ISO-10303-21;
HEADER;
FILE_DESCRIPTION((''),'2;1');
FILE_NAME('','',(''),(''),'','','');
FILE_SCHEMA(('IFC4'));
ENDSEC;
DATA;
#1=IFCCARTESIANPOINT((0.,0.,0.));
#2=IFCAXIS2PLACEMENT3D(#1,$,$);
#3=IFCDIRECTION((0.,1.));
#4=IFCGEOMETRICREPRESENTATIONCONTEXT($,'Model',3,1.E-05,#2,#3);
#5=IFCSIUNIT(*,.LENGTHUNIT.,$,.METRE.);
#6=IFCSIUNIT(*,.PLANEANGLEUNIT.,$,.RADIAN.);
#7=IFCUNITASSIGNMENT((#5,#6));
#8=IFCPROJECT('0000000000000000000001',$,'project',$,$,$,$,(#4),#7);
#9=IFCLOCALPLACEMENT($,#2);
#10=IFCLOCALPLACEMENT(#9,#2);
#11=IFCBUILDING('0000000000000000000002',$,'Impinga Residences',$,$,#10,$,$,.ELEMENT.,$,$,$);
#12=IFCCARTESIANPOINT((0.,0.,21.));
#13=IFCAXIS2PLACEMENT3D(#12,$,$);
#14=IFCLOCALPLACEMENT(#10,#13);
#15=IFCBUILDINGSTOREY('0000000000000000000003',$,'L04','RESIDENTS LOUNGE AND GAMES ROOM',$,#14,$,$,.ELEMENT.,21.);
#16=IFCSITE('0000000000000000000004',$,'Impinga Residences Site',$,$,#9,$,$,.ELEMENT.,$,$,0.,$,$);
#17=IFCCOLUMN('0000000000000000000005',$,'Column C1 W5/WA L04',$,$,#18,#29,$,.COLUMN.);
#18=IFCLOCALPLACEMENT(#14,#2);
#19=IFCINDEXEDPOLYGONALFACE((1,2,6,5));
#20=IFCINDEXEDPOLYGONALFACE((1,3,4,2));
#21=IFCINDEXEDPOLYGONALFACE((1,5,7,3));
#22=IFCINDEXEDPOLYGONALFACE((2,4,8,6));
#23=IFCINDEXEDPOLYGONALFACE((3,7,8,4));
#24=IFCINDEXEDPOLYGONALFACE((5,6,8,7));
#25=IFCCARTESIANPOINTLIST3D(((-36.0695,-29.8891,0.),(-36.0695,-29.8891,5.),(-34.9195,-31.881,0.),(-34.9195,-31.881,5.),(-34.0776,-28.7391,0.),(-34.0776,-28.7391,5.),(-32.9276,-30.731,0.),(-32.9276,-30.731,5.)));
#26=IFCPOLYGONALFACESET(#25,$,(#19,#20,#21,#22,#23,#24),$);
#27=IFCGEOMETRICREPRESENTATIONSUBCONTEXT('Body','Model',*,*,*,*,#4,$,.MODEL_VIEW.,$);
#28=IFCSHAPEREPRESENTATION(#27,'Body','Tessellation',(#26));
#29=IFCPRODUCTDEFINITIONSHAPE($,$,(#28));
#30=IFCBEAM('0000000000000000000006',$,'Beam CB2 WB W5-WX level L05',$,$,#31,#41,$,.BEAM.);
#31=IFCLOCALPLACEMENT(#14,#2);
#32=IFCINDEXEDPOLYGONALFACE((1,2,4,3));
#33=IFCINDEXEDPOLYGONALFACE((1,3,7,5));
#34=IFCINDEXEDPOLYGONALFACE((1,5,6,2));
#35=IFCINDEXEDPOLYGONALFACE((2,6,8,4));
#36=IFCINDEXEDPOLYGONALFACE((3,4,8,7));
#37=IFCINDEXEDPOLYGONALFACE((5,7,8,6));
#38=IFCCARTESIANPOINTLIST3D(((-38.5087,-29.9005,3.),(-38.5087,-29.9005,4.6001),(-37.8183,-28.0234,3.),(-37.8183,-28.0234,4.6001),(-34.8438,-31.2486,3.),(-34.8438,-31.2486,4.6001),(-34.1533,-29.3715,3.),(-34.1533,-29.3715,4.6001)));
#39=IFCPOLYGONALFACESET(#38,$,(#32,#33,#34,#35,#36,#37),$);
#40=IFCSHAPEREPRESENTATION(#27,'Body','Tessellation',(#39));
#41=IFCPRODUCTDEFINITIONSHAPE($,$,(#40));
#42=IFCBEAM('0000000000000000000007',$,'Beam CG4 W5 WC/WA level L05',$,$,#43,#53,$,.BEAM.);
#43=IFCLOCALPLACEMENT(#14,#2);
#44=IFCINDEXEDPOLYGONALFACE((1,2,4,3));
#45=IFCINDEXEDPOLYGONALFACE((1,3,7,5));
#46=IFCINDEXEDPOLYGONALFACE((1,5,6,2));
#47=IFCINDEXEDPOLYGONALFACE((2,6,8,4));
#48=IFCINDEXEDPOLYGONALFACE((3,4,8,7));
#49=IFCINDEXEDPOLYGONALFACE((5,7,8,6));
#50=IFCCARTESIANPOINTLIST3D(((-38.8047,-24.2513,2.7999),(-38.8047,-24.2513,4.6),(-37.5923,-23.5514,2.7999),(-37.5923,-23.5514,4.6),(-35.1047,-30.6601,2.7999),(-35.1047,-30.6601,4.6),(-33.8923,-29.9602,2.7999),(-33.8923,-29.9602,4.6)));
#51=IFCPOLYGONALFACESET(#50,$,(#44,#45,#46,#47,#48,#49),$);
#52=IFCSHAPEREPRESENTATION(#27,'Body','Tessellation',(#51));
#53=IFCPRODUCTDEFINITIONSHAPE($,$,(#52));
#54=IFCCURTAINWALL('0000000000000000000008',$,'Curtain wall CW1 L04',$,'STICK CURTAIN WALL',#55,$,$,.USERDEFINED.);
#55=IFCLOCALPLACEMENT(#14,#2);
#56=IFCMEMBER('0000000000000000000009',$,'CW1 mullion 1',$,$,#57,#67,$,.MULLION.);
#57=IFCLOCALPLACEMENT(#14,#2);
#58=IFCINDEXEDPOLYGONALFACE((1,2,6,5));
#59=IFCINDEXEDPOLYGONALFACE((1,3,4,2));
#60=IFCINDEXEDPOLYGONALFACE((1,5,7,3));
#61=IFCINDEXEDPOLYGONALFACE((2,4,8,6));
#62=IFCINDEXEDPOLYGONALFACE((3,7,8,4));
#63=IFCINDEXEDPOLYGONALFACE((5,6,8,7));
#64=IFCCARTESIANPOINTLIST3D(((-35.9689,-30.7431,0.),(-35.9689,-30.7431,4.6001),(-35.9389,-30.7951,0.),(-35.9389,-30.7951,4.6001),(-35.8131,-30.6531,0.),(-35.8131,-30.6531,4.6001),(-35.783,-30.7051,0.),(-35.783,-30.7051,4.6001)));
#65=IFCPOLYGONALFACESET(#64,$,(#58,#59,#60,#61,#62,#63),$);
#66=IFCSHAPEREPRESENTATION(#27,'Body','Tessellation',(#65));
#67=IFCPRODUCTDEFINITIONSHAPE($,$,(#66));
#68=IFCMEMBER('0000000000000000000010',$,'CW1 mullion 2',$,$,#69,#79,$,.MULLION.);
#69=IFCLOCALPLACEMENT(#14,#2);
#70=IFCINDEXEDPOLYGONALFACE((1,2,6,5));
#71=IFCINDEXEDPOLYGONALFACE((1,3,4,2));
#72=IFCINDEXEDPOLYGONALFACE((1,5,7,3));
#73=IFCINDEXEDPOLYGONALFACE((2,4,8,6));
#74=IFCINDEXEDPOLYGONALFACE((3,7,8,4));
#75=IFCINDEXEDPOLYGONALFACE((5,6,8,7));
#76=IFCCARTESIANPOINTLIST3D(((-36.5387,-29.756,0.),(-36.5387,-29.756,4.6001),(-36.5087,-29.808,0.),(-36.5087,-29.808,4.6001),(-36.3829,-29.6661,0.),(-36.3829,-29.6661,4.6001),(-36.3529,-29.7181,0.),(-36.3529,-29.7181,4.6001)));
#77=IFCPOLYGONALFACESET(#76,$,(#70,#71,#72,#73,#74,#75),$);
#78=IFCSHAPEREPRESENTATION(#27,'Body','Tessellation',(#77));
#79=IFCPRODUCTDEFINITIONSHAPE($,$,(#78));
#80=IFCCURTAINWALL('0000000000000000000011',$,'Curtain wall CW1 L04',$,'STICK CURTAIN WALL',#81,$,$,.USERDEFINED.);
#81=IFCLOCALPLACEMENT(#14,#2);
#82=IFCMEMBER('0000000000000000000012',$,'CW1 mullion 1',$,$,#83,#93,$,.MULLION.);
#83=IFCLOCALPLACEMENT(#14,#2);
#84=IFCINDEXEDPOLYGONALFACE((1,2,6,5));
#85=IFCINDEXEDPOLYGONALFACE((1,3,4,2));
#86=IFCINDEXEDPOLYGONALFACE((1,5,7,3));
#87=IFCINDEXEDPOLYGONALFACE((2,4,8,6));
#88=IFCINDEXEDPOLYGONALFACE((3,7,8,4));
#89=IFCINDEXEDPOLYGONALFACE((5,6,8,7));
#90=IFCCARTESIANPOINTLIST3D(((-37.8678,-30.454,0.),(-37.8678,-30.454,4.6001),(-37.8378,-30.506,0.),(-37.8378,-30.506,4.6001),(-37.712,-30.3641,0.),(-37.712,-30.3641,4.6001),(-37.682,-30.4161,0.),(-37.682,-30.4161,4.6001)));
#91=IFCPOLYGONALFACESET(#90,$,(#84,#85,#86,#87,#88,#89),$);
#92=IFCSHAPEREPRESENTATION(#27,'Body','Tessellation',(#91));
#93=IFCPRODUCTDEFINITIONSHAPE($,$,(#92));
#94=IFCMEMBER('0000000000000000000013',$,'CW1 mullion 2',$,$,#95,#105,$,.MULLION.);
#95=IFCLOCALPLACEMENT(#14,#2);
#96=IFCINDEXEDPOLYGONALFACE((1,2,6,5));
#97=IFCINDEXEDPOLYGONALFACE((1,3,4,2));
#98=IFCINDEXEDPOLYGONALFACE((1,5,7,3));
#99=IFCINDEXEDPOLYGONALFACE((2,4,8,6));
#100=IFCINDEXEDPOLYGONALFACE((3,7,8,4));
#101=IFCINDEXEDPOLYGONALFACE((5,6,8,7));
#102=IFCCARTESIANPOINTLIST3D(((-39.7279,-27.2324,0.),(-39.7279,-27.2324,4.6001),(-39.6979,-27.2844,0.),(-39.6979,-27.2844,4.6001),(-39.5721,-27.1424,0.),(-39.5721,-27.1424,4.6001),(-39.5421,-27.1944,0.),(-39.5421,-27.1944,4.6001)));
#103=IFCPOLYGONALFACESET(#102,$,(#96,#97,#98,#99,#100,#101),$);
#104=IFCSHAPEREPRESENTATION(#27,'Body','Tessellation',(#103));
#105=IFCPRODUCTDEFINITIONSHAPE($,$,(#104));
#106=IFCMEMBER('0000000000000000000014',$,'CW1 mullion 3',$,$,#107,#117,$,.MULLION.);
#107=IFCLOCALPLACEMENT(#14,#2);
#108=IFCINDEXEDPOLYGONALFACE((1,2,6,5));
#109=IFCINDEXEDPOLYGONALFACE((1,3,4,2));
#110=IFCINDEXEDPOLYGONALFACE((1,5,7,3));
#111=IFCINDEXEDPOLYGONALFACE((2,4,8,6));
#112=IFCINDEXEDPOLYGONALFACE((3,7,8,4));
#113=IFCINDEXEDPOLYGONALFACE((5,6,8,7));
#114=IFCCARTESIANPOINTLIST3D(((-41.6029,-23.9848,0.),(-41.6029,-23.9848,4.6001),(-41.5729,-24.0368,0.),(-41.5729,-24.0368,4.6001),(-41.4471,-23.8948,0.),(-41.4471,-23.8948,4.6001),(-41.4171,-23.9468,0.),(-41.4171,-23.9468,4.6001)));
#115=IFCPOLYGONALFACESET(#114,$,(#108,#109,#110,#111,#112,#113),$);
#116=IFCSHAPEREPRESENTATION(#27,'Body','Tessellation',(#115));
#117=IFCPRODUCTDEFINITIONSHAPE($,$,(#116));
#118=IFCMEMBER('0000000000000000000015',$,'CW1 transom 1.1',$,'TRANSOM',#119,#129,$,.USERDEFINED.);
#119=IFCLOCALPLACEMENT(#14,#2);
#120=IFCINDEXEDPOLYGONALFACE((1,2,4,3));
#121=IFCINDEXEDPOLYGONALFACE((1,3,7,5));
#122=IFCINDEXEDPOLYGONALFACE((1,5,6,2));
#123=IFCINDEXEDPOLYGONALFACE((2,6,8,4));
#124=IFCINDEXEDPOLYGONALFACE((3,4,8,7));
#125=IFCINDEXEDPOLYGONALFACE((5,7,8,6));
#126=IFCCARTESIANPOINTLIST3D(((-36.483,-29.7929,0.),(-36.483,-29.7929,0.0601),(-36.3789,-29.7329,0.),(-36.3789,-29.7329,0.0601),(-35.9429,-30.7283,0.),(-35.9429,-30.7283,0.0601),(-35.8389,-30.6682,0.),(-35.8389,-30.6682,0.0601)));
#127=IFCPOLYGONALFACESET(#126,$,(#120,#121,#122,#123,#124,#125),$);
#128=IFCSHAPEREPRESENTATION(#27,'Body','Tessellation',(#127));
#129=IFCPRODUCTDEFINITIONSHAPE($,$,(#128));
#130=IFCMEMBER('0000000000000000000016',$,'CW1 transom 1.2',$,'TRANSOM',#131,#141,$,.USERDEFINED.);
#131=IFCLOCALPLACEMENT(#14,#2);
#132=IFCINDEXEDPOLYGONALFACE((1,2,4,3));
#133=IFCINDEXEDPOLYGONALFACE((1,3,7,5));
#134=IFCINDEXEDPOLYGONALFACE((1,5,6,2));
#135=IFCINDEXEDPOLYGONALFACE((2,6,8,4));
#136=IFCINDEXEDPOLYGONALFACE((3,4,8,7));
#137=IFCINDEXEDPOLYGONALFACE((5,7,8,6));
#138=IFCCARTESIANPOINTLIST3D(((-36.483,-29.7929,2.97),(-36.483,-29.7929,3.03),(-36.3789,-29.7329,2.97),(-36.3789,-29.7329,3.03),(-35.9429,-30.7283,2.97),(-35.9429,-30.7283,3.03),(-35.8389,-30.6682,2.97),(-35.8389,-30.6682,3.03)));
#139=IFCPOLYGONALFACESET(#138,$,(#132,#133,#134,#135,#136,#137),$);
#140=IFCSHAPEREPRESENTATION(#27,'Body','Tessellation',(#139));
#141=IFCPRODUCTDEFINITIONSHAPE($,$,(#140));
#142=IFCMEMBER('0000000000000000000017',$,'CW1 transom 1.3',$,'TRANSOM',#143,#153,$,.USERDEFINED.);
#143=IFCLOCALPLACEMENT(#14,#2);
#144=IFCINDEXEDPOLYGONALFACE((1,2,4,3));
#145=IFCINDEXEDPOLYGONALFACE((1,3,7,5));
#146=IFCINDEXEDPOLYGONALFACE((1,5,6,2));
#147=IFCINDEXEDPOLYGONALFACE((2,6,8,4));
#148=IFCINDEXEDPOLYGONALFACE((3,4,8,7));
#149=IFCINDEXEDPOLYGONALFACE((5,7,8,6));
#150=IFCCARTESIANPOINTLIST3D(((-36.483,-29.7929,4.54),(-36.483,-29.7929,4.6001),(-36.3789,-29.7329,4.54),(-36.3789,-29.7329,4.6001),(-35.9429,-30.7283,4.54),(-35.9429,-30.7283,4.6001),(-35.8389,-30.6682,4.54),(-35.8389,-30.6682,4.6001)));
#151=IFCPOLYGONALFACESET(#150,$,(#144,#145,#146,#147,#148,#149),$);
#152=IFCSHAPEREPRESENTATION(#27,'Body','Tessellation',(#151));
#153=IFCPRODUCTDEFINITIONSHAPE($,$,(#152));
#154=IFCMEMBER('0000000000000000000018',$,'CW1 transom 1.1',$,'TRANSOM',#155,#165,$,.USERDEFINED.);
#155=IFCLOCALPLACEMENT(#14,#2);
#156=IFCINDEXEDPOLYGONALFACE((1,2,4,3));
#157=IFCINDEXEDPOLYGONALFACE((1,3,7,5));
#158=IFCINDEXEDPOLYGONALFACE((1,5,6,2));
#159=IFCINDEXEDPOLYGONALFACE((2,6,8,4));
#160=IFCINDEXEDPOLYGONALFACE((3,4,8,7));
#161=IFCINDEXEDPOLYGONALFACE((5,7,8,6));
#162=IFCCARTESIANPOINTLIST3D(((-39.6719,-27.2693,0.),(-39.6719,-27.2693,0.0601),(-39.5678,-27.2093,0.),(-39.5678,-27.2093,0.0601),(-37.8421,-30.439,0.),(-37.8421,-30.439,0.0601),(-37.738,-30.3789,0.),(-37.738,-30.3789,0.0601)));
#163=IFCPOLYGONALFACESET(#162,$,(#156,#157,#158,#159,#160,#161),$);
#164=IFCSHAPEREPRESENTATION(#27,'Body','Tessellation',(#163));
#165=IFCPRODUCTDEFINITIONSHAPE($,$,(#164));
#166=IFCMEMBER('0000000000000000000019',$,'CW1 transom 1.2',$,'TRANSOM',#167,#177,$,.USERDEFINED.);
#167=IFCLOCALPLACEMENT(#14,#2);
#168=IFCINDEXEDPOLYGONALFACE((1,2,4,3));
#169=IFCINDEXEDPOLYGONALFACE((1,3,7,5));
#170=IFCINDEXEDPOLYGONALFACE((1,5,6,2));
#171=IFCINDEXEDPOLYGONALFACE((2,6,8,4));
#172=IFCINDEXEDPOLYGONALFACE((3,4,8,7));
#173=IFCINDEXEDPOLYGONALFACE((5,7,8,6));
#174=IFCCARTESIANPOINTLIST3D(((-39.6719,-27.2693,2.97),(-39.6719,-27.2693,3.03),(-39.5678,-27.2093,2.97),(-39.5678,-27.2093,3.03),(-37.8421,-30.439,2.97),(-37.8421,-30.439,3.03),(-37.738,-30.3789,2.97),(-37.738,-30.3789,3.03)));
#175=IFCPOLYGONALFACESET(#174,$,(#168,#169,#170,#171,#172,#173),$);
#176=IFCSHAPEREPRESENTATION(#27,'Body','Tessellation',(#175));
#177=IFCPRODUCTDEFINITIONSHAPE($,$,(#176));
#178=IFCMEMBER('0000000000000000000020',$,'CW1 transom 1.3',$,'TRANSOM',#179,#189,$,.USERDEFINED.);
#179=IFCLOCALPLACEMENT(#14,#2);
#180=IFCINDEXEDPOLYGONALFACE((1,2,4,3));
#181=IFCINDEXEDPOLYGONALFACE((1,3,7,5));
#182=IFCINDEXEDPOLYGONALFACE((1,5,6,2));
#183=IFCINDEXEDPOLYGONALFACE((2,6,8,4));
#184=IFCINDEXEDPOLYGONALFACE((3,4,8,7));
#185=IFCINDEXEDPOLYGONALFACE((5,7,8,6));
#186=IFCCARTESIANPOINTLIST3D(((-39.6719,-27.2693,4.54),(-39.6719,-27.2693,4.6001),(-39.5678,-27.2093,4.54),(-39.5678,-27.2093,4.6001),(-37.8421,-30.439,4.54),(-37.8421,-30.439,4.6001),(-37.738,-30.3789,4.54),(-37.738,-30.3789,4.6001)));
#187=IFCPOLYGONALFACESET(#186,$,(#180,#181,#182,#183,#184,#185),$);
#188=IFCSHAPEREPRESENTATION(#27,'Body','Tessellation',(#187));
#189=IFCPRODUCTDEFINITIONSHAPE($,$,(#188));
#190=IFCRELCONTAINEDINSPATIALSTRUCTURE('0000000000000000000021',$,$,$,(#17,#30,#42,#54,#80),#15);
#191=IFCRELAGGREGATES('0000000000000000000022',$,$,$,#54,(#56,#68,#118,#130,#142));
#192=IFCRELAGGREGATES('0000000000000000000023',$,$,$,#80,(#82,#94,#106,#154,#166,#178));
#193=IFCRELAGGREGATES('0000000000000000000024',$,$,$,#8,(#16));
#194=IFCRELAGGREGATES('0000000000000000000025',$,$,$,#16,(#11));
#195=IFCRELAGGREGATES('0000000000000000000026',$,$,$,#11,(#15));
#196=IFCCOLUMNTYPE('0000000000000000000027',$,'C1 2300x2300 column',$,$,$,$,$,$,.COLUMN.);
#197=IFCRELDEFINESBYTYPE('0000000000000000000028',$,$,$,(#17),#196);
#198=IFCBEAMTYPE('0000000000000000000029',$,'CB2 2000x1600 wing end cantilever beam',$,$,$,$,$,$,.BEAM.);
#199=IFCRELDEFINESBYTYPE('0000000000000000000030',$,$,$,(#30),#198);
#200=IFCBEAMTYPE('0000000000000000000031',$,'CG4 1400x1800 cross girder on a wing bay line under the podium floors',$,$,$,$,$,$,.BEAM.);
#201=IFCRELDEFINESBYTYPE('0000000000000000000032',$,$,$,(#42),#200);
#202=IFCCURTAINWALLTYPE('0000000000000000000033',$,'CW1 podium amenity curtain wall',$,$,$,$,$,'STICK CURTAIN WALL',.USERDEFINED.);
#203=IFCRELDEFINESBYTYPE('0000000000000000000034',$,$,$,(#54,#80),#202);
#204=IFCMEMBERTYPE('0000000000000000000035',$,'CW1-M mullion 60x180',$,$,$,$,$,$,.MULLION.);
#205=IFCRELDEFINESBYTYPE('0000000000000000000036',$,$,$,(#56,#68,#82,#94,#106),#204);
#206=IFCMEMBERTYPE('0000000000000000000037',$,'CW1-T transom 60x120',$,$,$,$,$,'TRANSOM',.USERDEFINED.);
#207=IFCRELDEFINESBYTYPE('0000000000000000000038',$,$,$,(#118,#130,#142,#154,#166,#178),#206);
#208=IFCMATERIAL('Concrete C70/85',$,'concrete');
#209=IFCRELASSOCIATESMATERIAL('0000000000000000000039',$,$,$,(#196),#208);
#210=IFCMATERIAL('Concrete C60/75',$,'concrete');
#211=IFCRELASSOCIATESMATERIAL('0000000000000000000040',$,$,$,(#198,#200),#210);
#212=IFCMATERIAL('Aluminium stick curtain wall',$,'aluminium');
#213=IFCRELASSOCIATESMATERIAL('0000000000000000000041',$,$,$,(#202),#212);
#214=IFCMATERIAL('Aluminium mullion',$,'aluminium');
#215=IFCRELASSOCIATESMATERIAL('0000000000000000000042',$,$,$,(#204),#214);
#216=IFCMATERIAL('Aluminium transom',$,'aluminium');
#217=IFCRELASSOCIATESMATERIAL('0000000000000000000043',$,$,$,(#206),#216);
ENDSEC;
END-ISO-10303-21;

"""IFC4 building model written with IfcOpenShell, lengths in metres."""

from ifc_helpers import new_model, si_unit, direction, frame, origin, origin_2d, place, context, subcontext, project, spatial, rectangle, extrude, material, material_profile, profile_set, type_object, element, aggregate, save


model = new_model("IFC4")

# Units and contexts
model_context = context("Model", 3, precision=1e-05, world=origin(), true_north=direction((0.0, 1.0)))
body_context = subcontext(model_context, "Body", "Model", "MODEL_VIEW")
ifc_project = project(units=[si_unit("LENGTHUNIT", "METRE"), si_unit("PLANEANGLEUNIT", "RADIAN")], contexts=[model_context])

# Site, building, storey
site_placement = place(None, origin())
site = spatial("IfcSite", under=ifc_project, at=site_placement, Name="Impinga Residences Site", CompositionType="ELEMENT", RefElevation=0.0)
building_placement = place(site_placement, origin())
building = spatial("IfcBuilding", under=site, at=building_placement, Name="Impinga Residences", CompositionType="ELEMENT")
storey_placement = place(building_placement, frame((0.0, 0.0, 21.0)))
storey = spatial("IfcBuildingStorey", under=building, at=storey_placement, Name="L04", Description="RESIDENTS LOUNGE AND GAMES ROOM", CompositionType="ELEMENT", Elevation=21.0)

# Column
ifc_material_1 = material(Name="Concrete C70/85", Category="concrete")
ifc_material_profile_1 = material_profile(ifc_material_1, rectangle(XDim=2.3, YDim=2.3, at=origin_2d()), Name="RC 2300x2300")
ifc_profile_set_1 = profile_set([ifc_material_profile_1], Name="Concrete C70/85")
column_type = type_object("IfcColumnType", Name="C1 2300x2300 column", PredefinedType="COLUMN", material=ifc_profile_set_1)
column_placement = place(storey_placement, frame((-34.4985, -30.3101, 0.0), z_axis=(0.0, 0.0, 1.0), x_axis=(-0.5, 0.866025, 0.0)))
element("IfcColumn", 1, at=column_placement, inside=storey, type_object=column_type, Name="Column C1 W5/WA L04", PredefinedType="COLUMN", context=body_context, shape_type="SweptSolid", body=[
    extrude(rectangle(XDim=2.3, YDim=2.3, at=origin_2d()), origin(), (0.0, 0.0, 1.0), 5.0),
])

# Beams
ifc_material_2 = material(Name="Concrete C60/75", Category="concrete")
ifc_material_profile_2 = material_profile(ifc_material_2, rectangle(XDim=2.0, YDim=1.6001, at=origin_2d()), Name="RC 2000x1600")
ifc_profile_set_2 = profile_set([ifc_material_profile_2], Name="Concrete C60/75")
beam_type_1 = type_object("IfcBeamType", Name="CB2 2000x1600 wing end cantilever beam", PredefinedType="BEAM", material=ifc_profile_set_2)
beam_1_placement = place(storey_placement, frame((-34.4985, -30.3101, 3.8), z_axis=(-0.93852, 0.345224, 0.0), x_axis=(-0.345224, -0.93852, 0.0)))
element("IfcBeam", 2, at=beam_1_placement, inside=storey, type_object=beam_type_1, Name="Beam CB2 WB W5-WX level L05", PredefinedType="BEAM", context=body_context, shape_type="SweptSolid", body=[
    extrude(rectangle(XDim=2.0, YDim=1.6001, at=origin_2d()), origin(), (0.0, 0.0, 1.0), 3.905),
])
ifc_material_profile_3 = material_profile(ifc_material_2, rectangle(XDim=1.3999, YDim=1.8, at=origin_2d()), Name="RC 1400x1800")
ifc_profile_set_3 = profile_set([ifc_material_profile_3], Name="Concrete C60/75")
beam_type_2 = type_object("IfcBeamType", Name="CG4 1400x1800 cross girder on a wing bay line under the podium floors", PredefinedType="BEAM", material=ifc_profile_set_3)
beam_2_placement = place(storey_placement, frame((-38.1985, -23.9014, 3.7), z_axis=(0.499989, -0.866032, 0.0), x_axis=(0.866032, 0.499989, 0.0)))
element("IfcBeam", 3, at=beam_2_placement, inside=storey, type_object=beam_type_2, Name="Beam CG4 W5 WC/WA level L05", PredefinedType="BEAM", context=body_context, shape_type="SweptSolid", body=[
    extrude(rectangle(XDim=1.3999, YDim=1.8, at=origin_2d()), origin(), (0.0, 0.0, 1.0), 7.4001),
])

# Curtain walls, members
ifc_material_3 = material(Name="Aluminium stick curtain wall", Category="aluminium")
curtain_wall_type = type_object("IfcCurtainWallType", Name="CW1 podium amenity curtain wall", ElementType="STICK CURTAIN WALL", PredefinedType="USERDEFINED", material=ifc_material_3)
curtain_wall_1_placement = place(storey_placement, origin())
curtain_wall_1 = element("IfcCurtainWall", 4, at=curtain_wall_1_placement, inside=storey, type_object=curtain_wall_type, Name="Curtain wall CW1 L04", ObjectType="STICK CURTAIN WALL", PredefinedType="USERDEFINED")
ifc_material_4 = material(Name="Aluminium mullion", Category="aluminium")
ifc_material_profile_4 = material_profile(ifc_material_4, rectangle(XDim=0.0601, YDim=0.1799, at=origin_2d()), Name="60x180 mullion")
ifc_profile_set_4 = profile_set([ifc_material_profile_4], Name="Aluminium mullion")
member_type_1 = type_object("IfcMemberType", Name="CW1-M mullion 60x180", PredefinedType="MULLION", material=ifc_profile_set_4)
member_1_placement = place(storey_placement, frame((-35.876, -30.7241, 0.0), z_axis=(0.0, 0.0, 1.0), x_axis=(-0.5, 0.866026, 0.0)))
member_1 = element("IfcMember", 5, at=member_1_placement, type_object=member_type_1, Name="CW1 mullion 1", PredefinedType="MULLION", context=body_context, shape_type="SweptSolid", body=[
    extrude(rectangle(XDim=0.0601, YDim=0.1799, at=origin_2d()), origin(), (0.0, 0.0, 1.0), 4.6001),
])
member_2_placement = place(storey_placement, frame((-36.4458, -29.7371, 0.0), z_axis=(0.0, 0.0, 1.0), x_axis=(-0.5, 0.866026, 0.0)))
member_2 = element("IfcMember", 6, at=member_2_placement, type_object=member_type_1, Name="CW1 mullion 2", PredefinedType="MULLION", context=body_context, shape_type="SweptSolid", body=[
    extrude(rectangle(XDim=0.0601, YDim=0.1799, at=origin_2d()), origin(), (0.0, 0.0, 1.0), 4.6001),
])
curtain_wall_2_placement = place(storey_placement, origin())
curtain_wall_2 = element("IfcCurtainWall", 7, at=curtain_wall_2_placement, inside=storey, type_object=curtain_wall_type, Name="Curtain wall CW1 L04", ObjectType="STICK CURTAIN WALL", PredefinedType="USERDEFINED")
member_3_placement = place(storey_placement, frame((-37.7749, -30.4351, 0.0), z_axis=(0.0, 0.0, 1.0), x_axis=(-0.5, 0.866025, 0.0)))
member_3 = element("IfcMember", 8, at=member_3_placement, type_object=member_type_1, Name="CW1 mullion 1", PredefinedType="MULLION", context=body_context, shape_type="SweptSolid", body=[
    extrude(rectangle(XDim=0.0601, YDim=0.1799, at=origin_2d()), origin(), (0.0, 0.0, 1.0), 4.6001),
])
member_4_placement = place(storey_placement, frame((-39.635, -27.2134, 0.0), z_axis=(0.0, 0.0, 1.0), x_axis=(-0.5, 0.866025, 0.0)))
member_4 = element("IfcMember", 9, at=member_4_placement, type_object=member_type_1, Name="CW1 mullion 2", PredefinedType="MULLION", context=body_context, shape_type="SweptSolid", body=[
    extrude(rectangle(XDim=0.0601, YDim=0.1799, at=origin_2d()), origin(), (0.0, 0.0, 1.0), 4.6001),
])
member_5_placement = place(storey_placement, frame((-41.51, -23.9658, 0.0), z_axis=(0.0, 0.0, 1.0), x_axis=(-0.5, 0.866025, 0.0)))
member_5 = element("IfcMember", 10, at=member_5_placement, type_object=member_type_1, Name="CW1 mullion 3", PredefinedType="MULLION", context=body_context, shape_type="SweptSolid", body=[
    extrude(rectangle(XDim=0.0601, YDim=0.1799, at=origin_2d()), origin(), (0.0, 0.0, 1.0), 4.6001),
])

# Members
ifc_material_5 = material(Name="Aluminium transom", Category="aluminium")
ifc_material_profile_5 = material_profile(ifc_material_5, rectangle(XDim=0.0601, YDim=0.1201, at=origin_2d()), Name="60x120 transom")
ifc_profile_set_5 = profile_set([ifc_material_profile_5], Name="Aluminium transom")
member_type_2 = type_object("IfcMemberType", Name="CW1-T transom 60x120", ElementType="TRANSOM", PredefinedType="USERDEFINED", material=ifc_profile_set_5)
member_6_placement = place(storey_placement, frame((-35.8909, -30.6982, 0.03), z_axis=(-0.500029, 0.866009, 0.0), x_axis=(0.0, 0.0, 1.0)))
member_6 = element("IfcMember", 11, at=member_6_placement, type_object=member_type_2, Name="CW1 transom 1.1", ObjectType="TRANSOM", PredefinedType="USERDEFINED", context=body_context, shape_type="SweptSolid", body=[
    extrude(rectangle(XDim=0.0601, YDim=0.1201, at=origin_2d()), origin(), (0.0, 0.0, 1.0), 1.0801),
])
member_7_placement = place(storey_placement, frame((-35.8909, -30.6982, 3.0), z_axis=(-0.500029, 0.866009, 0.0), x_axis=(0.0, 0.0, 1.0)))
member_7 = element("IfcMember", 12, at=member_7_placement, type_object=member_type_2, Name="CW1 transom 1.2", ObjectType="TRANSOM", PredefinedType="USERDEFINED", context=body_context, shape_type="SweptSolid", body=[
    extrude(rectangle(XDim=0.0601, YDim=0.1201, at=origin_2d()), origin(), (0.0, 0.0, 1.0), 1.0801),
])
member_8_placement = place(storey_placement, frame((-35.8909, -30.6982, 4.5701), z_axis=(-0.500029, 0.866009, 0.0), x_axis=(0.0, 0.0, 1.0)))
member_8 = element("IfcMember", 13, at=member_8_placement, type_object=member_type_2, Name="CW1 transom 1.3", ObjectType="TRANSOM", PredefinedType="USERDEFINED", context=body_context, shape_type="SweptSolid", body=[
    extrude(rectangle(XDim=0.0601, YDim=0.1201, at=origin_2d()), origin(), (0.0, 0.0, 1.0), 1.0801),
])
member_9_placement = place(storey_placement, frame((-37.79, -30.4089, 0.03), z_axis=(-0.499963, 0.866047, 0.0), x_axis=(0.0, 0.0, 1.0)))
member_9 = element("IfcMember", 14, at=member_9_placement, type_object=member_type_2, Name="CW1 transom 1.1", ObjectType="TRANSOM", PredefinedType="USERDEFINED", context=body_context, shape_type="SweptSolid", body=[
    extrude(rectangle(XDim=0.0601, YDim=0.1201, at=origin_2d()), origin(), (0.0, 0.0, 1.0), 3.6599),
])
member_10_placement = place(storey_placement, frame((-37.79, -30.4089, 3.0), z_axis=(-0.499963, 0.866047, 0.0), x_axis=(0.0, 0.0, 1.0)))
member_10 = element("IfcMember", 15, at=member_10_placement, type_object=member_type_2, Name="CW1 transom 1.2", ObjectType="TRANSOM", PredefinedType="USERDEFINED", context=body_context, shape_type="SweptSolid", body=[
    extrude(rectangle(XDim=0.0601, YDim=0.1201, at=origin_2d()), origin(), (0.0, 0.0, 1.0), 3.6599),
])
member_11_placement = place(storey_placement, frame((-37.79, -30.4089, 4.5701), z_axis=(-0.499963, 0.866047, 0.0), x_axis=(0.0, 0.0, 1.0)))
member_11 = element("IfcMember", 16, at=member_11_placement, type_object=member_type_2, Name="CW1 transom 1.3", ObjectType="TRANSOM", PredefinedType="USERDEFINED", context=body_context, shape_type="SweptSolid", body=[
    extrude(rectangle(XDim=0.0601, YDim=0.1201, at=origin_2d()), origin(), (0.0, 0.0, 1.0), 3.6599),
])

aggregate(curtain_wall_1, [member_1, member_2, member_6, member_7, member_8])
aggregate(curtain_wall_2, [member_3, member_4, member_5, member_9, member_10, member_11])

save(model, "model.ifc")
